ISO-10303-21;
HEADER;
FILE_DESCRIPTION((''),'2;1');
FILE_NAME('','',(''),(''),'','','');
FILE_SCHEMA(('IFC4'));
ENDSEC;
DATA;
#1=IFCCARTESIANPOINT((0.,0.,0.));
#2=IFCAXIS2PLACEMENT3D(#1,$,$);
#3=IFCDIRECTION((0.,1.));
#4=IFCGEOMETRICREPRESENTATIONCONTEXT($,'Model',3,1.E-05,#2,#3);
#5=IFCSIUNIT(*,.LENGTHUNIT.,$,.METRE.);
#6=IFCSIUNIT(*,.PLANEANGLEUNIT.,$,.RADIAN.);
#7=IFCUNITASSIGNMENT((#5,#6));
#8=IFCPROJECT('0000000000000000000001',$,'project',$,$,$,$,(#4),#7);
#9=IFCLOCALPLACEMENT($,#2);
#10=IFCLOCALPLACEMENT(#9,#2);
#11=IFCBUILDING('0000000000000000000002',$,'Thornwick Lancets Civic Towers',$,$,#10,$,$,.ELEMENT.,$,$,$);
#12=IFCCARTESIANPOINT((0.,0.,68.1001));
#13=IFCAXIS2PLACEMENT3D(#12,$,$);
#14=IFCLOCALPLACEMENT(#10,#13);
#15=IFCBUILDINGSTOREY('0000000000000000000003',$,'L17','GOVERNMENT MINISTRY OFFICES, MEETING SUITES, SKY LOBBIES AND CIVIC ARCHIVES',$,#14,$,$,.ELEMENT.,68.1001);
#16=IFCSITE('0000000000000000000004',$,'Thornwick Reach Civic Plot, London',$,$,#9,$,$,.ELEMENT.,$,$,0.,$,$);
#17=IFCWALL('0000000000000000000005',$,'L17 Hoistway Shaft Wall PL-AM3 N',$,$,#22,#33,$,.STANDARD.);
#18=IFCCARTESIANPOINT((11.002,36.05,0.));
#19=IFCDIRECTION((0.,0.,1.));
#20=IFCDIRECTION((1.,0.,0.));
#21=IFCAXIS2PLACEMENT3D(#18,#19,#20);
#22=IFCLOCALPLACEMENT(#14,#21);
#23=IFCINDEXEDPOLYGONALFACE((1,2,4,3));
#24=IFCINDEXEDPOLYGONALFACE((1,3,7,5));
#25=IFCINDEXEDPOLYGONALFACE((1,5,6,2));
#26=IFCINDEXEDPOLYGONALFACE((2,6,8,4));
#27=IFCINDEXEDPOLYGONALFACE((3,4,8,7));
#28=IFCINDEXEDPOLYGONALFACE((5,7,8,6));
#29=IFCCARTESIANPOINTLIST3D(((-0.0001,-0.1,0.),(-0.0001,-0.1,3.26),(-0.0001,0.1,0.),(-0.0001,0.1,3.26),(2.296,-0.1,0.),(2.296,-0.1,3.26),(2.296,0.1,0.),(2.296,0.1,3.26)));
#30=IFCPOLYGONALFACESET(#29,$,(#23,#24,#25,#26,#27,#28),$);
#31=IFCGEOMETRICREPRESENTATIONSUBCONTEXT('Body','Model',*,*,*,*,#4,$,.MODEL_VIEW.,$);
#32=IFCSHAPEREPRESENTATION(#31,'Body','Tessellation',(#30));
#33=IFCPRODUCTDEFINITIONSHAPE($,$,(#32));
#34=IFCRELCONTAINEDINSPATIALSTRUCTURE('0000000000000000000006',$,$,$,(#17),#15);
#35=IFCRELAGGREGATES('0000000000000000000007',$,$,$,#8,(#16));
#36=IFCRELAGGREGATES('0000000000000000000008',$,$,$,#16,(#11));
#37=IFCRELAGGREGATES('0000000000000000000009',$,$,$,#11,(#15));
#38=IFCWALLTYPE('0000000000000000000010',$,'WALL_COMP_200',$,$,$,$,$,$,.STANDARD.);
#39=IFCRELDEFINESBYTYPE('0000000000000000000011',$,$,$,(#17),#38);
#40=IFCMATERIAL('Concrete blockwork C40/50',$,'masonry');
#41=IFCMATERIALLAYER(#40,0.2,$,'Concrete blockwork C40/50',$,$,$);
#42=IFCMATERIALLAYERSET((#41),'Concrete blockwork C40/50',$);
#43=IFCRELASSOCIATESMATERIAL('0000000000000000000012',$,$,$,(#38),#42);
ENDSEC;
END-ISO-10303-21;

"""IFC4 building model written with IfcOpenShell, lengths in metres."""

from ifc_helpers import new_model, si_unit, direction, frame, frame_2d, origin, place, context, subcontext, project, spatial, rectangle, extrude, material, layer, layer_set, type_object, element, save


model = new_model("IFC4")

# Units and contexts
model_context = context("Model", 3, precision=1e-05, world=origin(), true_north=direction((0.0, 1.0)))
body_context = subcontext(model_context, "Body", "Model", "MODEL_VIEW")
ifc_project = project(units=[si_unit("LENGTHUNIT", "METRE"), si_unit("PLANEANGLEUNIT", "RADIAN")], contexts=[model_context])

# Site, building, storey
site_placement = place(None, origin())
site = spatial("IfcSite", under=ifc_project, at=site_placement, Name="Thornwick Reach Civic Plot, London", CompositionType="ELEMENT", RefElevation=0.0)
building_placement = place(site_placement, origin())
building = spatial("IfcBuilding", under=site, at=building_placement, Name="Thornwick Lancets Civic Towers", CompositionType="ELEMENT")
storey_placement = place(building_placement, frame((0.0, 0.0, 68.1001)))
storey = spatial("IfcBuildingStorey", under=building, at=storey_placement, Name="L17", Description="GOVERNMENT MINISTRY OFFICES, MEETING SUITES, SKY LOBBIES AND CIVIC ARCHIVES", CompositionType="ELEMENT", Elevation=68.1001)

# Shared definitions
ifc_material_1 = material(Name="Concrete blockwork C40/50", Category="masonry")
ifc_layer_1 = layer(ifc_material_1, 0.2, Name="Concrete blockwork C40/50")
ifc_layer_set_1 = layer_set([ifc_layer_1], Name="Concrete blockwork C40/50")
wall_type_1 = type_object("IfcWallType", Name="WALL_COMP_200", PredefinedType="STANDARD", material=ifc_layer_set_1)

# Wall
wall_1_placement = place(storey_placement, frame((11.002, 36.05, 0.0), z_axis=(0.0, 0.0, 1.0), x_axis=(1.0, 0.0, 0.0)))
element("IfcWall", 1, at=wall_1_placement, inside=storey, type_object=wall_type_1, Name="L17 Hoistway Shaft Wall PL-AM3 N", PredefinedType="STANDARD", context=body_context, shape_type="SweptSolid", body=[
    extrude(rectangle(XDim=2.2961, YDim=0.2, at=frame_2d((1.1479, 0.0))), origin(), (0.0, 0.0, 1.0), 3.26),
])

save(model, "model.ifc")
